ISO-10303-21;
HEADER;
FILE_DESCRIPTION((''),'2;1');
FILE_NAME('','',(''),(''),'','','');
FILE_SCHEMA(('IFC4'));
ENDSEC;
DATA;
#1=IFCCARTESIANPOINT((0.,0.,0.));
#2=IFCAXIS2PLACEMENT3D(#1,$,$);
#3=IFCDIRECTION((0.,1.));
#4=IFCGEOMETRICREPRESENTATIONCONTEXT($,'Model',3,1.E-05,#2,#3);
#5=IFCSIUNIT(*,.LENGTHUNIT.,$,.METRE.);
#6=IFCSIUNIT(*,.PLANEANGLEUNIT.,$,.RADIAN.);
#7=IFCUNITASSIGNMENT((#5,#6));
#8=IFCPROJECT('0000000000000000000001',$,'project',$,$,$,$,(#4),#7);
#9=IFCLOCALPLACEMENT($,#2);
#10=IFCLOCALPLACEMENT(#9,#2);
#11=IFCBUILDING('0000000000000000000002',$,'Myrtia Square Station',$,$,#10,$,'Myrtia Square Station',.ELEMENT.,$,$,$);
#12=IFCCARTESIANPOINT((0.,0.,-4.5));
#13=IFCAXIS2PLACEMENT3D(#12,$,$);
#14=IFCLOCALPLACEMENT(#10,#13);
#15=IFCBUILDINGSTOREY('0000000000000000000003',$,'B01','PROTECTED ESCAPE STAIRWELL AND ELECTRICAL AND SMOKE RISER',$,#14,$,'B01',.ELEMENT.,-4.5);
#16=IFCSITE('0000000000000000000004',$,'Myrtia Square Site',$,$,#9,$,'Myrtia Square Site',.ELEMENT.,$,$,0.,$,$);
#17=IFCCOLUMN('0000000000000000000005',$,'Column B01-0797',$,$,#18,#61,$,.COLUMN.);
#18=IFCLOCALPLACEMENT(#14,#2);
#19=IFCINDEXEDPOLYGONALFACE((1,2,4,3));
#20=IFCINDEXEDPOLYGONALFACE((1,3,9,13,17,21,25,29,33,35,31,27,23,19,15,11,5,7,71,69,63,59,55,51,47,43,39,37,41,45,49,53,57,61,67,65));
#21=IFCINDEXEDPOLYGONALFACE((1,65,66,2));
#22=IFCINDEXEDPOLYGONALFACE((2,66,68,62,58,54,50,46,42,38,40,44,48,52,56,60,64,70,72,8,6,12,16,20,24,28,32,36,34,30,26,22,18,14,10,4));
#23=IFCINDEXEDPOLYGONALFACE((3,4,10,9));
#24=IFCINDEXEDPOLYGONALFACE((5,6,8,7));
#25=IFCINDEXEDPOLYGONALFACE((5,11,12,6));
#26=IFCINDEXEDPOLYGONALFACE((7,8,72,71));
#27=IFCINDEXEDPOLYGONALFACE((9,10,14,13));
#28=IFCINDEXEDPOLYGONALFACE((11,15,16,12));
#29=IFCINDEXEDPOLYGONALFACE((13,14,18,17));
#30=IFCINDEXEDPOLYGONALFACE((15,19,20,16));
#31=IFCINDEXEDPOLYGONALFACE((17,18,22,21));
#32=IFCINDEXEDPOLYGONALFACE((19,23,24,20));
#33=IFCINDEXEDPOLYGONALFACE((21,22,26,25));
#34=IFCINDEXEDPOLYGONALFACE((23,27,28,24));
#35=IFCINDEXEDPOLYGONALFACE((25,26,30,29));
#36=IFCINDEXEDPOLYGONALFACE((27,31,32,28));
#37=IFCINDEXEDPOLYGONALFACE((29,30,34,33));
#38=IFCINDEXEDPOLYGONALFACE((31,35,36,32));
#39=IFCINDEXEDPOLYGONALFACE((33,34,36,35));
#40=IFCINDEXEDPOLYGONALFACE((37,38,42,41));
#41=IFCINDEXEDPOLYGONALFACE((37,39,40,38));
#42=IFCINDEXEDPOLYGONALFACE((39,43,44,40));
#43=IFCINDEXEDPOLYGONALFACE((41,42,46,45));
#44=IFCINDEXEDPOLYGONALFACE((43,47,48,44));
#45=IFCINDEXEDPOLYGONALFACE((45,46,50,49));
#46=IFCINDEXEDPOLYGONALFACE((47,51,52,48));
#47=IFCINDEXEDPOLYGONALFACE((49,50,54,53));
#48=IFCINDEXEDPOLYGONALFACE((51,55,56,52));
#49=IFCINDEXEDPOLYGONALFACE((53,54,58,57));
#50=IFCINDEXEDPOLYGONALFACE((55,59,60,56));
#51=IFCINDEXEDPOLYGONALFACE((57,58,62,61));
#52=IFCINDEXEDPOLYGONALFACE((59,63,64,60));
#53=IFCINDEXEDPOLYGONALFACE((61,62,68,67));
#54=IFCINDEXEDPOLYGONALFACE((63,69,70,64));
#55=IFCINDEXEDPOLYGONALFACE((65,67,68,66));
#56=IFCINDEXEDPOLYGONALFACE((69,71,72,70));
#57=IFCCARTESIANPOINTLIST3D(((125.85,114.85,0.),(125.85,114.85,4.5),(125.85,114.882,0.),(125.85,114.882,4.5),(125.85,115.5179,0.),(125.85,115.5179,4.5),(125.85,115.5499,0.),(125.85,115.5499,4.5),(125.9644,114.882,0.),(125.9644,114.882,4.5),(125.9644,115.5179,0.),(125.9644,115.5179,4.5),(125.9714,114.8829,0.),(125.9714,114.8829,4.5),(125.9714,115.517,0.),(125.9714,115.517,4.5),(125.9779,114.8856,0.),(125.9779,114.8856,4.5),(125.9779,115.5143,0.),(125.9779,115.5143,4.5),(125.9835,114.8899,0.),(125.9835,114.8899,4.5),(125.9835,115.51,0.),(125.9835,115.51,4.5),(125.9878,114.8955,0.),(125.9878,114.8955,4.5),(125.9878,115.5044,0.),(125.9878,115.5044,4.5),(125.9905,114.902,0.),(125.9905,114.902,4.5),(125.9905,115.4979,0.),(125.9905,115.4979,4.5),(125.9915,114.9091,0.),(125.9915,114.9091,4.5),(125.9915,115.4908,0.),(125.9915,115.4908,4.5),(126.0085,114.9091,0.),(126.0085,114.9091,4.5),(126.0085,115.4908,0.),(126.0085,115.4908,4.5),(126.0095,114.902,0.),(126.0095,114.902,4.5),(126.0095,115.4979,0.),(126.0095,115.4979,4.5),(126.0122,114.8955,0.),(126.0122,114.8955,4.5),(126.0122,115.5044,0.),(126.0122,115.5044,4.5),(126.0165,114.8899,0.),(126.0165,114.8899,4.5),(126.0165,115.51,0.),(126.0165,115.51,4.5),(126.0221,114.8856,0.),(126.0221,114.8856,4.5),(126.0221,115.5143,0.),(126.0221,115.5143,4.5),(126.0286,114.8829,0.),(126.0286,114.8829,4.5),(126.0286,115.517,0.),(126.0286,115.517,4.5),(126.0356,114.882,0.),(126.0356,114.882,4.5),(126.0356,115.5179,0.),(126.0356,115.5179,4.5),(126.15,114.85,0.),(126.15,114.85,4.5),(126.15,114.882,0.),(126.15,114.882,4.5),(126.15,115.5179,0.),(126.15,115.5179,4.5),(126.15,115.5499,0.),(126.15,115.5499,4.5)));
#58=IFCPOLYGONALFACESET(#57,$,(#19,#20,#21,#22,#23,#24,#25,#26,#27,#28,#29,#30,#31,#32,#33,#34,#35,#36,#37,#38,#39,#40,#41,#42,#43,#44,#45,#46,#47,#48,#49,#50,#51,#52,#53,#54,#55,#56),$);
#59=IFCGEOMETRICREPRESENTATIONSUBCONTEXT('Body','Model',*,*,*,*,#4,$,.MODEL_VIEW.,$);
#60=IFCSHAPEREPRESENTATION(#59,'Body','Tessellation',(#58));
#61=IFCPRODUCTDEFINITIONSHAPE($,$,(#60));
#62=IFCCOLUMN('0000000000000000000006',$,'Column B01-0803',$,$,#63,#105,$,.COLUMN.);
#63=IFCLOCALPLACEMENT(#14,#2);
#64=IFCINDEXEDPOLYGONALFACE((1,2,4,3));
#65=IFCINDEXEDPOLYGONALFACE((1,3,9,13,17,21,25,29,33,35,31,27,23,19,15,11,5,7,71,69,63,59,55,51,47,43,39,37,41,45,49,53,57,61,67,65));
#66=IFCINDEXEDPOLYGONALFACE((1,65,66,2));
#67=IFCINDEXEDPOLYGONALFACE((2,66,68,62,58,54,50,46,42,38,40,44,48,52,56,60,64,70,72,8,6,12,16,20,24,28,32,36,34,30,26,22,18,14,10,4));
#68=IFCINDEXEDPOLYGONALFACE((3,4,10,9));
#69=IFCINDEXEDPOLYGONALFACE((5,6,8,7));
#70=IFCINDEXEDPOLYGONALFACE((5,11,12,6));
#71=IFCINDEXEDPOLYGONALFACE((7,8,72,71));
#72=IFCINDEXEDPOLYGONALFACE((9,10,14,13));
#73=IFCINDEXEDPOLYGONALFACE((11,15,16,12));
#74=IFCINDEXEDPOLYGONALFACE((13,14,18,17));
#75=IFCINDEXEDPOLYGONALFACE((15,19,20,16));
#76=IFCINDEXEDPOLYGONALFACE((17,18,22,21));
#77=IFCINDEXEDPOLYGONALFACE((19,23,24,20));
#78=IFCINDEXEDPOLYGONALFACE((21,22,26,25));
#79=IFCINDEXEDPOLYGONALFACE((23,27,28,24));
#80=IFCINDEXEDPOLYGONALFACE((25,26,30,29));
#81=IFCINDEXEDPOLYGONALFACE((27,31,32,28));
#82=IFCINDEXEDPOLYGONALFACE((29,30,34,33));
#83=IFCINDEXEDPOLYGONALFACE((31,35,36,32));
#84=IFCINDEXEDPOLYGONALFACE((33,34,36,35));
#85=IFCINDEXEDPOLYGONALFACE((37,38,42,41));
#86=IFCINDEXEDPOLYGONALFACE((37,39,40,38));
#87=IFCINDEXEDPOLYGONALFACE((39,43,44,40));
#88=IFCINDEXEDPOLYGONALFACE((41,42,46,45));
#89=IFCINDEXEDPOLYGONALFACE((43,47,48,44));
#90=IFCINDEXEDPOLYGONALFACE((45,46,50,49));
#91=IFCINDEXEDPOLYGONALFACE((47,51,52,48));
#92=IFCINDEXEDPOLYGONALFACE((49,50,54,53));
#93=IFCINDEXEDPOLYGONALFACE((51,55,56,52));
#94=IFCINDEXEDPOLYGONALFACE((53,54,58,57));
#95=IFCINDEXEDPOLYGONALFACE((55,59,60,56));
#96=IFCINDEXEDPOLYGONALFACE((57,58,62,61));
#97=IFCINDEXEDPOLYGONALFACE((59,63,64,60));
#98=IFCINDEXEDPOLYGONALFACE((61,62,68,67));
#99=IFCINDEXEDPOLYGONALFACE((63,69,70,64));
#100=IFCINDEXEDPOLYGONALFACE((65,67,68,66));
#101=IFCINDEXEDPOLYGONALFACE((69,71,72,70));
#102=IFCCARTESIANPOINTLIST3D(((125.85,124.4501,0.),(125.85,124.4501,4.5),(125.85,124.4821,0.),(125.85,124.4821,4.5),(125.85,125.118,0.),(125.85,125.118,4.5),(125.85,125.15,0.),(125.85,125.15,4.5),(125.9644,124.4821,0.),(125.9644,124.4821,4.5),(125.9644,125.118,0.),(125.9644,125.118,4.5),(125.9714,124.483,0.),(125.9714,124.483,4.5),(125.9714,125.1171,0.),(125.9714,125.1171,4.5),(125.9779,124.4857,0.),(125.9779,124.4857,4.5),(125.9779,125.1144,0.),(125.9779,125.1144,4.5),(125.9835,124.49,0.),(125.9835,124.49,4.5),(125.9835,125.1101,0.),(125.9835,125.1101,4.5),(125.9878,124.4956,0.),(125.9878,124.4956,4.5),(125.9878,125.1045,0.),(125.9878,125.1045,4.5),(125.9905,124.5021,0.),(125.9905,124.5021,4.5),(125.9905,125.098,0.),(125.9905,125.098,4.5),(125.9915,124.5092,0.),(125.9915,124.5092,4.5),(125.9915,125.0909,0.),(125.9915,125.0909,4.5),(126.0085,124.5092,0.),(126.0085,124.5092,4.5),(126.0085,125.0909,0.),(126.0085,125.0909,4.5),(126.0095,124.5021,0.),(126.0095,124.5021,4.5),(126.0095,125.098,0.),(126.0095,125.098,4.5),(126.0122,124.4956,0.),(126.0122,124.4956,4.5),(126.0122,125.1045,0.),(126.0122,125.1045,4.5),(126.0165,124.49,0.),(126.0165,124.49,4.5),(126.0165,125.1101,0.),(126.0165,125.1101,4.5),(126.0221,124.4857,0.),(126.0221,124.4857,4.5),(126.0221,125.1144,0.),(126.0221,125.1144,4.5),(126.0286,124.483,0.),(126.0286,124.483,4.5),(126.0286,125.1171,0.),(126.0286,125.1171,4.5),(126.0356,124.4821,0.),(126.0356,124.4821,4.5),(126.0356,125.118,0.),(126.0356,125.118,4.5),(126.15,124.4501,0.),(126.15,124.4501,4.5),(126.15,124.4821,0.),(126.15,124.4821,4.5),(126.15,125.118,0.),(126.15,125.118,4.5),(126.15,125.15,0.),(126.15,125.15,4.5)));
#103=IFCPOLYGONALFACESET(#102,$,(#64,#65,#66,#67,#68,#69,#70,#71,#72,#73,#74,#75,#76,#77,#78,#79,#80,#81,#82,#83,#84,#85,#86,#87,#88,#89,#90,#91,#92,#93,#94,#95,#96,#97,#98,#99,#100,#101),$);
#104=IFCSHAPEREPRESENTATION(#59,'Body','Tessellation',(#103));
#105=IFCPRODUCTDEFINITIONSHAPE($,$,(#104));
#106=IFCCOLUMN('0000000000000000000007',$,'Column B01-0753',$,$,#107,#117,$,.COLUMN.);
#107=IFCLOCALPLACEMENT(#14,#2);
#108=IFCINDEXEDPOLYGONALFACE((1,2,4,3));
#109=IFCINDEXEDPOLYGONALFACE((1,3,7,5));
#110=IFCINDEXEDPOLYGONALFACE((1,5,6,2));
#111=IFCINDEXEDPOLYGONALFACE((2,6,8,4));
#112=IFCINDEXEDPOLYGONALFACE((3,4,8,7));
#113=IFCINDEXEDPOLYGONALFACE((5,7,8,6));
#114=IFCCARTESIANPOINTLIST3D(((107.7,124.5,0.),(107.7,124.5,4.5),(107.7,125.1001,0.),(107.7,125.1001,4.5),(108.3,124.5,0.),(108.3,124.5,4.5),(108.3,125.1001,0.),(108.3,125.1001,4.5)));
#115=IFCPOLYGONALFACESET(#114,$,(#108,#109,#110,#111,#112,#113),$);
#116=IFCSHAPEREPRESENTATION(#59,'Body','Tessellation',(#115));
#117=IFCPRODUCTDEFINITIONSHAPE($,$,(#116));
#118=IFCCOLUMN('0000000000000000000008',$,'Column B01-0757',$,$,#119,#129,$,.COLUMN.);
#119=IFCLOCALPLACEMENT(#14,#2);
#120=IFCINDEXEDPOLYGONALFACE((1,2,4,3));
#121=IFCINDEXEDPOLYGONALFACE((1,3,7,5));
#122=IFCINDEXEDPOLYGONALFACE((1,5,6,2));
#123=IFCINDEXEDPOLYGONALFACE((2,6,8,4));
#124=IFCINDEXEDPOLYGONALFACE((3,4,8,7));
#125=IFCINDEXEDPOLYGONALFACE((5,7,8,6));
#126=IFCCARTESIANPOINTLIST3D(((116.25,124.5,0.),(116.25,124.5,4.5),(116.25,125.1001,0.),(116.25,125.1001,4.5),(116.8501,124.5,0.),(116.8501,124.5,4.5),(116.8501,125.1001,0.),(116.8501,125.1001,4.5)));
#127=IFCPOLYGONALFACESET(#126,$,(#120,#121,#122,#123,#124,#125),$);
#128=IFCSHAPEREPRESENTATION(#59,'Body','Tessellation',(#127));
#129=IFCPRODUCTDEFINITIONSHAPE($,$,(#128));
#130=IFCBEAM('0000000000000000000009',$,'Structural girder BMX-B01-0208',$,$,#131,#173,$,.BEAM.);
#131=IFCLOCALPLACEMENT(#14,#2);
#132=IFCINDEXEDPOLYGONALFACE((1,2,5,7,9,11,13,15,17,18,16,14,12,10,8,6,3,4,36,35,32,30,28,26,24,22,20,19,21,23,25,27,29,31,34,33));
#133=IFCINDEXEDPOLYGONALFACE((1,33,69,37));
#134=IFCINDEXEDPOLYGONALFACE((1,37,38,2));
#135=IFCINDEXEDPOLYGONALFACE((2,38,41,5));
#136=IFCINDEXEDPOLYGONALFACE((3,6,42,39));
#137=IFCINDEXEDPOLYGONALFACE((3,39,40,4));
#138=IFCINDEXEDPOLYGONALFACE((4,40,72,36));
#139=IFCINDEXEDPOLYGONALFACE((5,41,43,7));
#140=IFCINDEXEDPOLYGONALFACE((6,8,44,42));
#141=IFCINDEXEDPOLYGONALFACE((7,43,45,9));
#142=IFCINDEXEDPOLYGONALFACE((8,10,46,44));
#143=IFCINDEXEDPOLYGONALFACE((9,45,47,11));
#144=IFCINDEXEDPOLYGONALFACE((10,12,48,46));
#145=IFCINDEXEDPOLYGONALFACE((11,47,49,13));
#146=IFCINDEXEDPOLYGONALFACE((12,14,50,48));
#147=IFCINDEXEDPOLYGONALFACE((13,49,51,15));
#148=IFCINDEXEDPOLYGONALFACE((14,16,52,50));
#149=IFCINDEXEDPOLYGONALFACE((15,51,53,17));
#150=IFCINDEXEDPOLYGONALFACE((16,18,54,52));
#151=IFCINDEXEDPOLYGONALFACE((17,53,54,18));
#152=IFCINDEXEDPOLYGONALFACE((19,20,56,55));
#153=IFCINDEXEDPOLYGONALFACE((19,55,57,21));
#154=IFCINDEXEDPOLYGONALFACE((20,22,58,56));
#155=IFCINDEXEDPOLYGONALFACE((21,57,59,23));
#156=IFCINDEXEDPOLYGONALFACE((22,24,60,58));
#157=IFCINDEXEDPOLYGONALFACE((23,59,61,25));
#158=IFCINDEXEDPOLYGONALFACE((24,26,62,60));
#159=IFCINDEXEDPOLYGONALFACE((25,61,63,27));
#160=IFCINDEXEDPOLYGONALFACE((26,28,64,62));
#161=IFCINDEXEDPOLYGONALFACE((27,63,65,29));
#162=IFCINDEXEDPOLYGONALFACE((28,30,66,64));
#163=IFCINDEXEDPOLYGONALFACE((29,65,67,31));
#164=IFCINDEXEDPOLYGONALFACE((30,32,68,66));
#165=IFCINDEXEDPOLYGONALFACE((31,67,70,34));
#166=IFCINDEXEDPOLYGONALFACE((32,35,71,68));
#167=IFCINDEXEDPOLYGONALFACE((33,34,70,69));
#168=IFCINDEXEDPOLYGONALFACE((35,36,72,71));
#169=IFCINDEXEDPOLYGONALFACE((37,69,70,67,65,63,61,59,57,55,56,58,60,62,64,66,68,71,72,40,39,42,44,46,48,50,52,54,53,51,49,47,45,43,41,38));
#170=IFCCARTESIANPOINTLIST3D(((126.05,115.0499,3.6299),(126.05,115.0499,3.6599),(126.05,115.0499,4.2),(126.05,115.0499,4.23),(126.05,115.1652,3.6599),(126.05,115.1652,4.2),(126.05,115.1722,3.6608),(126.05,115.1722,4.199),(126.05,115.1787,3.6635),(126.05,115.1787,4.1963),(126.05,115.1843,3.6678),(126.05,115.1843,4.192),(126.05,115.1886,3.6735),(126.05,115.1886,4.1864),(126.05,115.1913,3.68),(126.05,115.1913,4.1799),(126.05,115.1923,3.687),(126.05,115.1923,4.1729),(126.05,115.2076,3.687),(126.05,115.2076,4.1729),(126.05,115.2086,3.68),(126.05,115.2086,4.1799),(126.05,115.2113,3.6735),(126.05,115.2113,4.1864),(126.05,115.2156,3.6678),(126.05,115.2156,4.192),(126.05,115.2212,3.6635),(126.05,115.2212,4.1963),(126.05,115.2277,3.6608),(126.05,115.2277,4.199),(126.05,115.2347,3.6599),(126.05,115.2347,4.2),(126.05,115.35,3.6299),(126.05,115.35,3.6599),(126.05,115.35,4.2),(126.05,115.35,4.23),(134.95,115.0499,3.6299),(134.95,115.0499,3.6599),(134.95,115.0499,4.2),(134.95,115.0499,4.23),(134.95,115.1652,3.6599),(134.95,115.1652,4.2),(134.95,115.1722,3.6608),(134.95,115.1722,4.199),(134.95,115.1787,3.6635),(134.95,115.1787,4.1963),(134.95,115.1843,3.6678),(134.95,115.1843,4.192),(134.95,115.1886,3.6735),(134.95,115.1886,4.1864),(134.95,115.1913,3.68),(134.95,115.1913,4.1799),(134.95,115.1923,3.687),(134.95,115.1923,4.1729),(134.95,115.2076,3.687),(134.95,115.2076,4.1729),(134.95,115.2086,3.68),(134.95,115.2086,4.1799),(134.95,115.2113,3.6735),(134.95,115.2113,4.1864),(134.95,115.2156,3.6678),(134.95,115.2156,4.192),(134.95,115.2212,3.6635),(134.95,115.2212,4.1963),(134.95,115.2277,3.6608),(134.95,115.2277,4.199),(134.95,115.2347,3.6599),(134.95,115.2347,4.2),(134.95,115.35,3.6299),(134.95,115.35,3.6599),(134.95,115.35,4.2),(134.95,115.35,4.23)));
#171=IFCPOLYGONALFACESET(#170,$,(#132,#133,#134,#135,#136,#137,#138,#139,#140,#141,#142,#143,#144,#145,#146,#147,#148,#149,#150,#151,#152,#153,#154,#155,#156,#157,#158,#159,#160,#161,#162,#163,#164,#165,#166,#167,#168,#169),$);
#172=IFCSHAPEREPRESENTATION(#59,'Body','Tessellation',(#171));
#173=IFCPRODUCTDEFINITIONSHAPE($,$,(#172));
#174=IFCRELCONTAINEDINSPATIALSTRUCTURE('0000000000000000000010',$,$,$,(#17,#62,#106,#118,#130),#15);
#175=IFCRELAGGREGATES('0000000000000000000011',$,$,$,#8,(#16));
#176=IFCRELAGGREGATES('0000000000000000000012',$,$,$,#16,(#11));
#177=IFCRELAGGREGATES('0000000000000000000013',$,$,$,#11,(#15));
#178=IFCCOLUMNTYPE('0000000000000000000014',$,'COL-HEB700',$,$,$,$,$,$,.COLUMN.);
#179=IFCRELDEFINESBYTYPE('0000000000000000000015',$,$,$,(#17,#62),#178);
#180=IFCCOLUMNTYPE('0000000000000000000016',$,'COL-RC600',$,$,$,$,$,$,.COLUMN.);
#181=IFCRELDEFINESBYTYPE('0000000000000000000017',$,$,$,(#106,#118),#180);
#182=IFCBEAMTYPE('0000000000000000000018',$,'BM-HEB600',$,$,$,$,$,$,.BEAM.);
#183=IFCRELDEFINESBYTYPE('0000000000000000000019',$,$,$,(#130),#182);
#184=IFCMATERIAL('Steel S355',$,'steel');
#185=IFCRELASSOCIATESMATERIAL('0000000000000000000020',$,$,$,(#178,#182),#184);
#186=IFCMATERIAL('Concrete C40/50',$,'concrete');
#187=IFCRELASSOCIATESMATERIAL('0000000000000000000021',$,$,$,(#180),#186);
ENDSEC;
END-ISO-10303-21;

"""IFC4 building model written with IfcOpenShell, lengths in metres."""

from ifc_helpers import new_model, si_unit, direction, frame, origin, origin_2d, place, context, subcontext, project, spatial, rectangle, i_section, extrude, material, material_profile, profile_set, type_object, element, save


model = new_model("IFC4")

# Units and contexts
model_context = context("Model", 3, precision=1e-05, world=origin(), true_north=direction((0.0, 1.0)))
body_context = subcontext(model_context, "Body", "Model", "MODEL_VIEW")
ifc_project = project(units=[si_unit("LENGTHUNIT", "METRE"), si_unit("PLANEANGLEUNIT", "RADIAN")], contexts=[model_context])

# Site, building, storey
site_placement = place(None, origin())
site = spatial("IfcSite", under=ifc_project, at=site_placement, Name="Myrtia Square Site", LongName="Myrtia Square Site", CompositionType="ELEMENT", RefElevation=0.0)
building_placement = place(site_placement, origin())
building = spatial("IfcBuilding", under=site, at=building_placement, Name="Myrtia Square Station", LongName="Myrtia Square Station", CompositionType="ELEMENT")
storey_placement = place(building_placement, frame((0.0, 0.0, -4.5)))
storey = spatial("IfcBuildingStorey", under=building, at=storey_placement, Name="B01", Description="PROTECTED ESCAPE STAIRWELL AND ELECTRICAL AND SMOKE RISER", LongName="B01", CompositionType="ELEMENT", Elevation=-4.5)

# Columns
ifc_material_1 = material(Name="Steel S355", Category="steel")
ifc_material_profile_1 = material_profile(ifc_material_1, i_section(OverallWidth=0.3, OverallDepth=0.7, WebThickness=0.0171, FlangeThickness=0.032, FilletRadius=0.0271, at=origin_2d()), Name="HEB 700")
ifc_profile_set_1 = profile_set([ifc_material_profile_1], Name="Steel S355")
column_type_1 = type_object("IfcColumnType", Name="COL-HEB700", PredefinedType="COLUMN", material=ifc_profile_set_1)
for number, where, z_axis, x_axis, name in (
    (1, (126.0, 115.2, 0.0), (0.0, 0.0, 1.0), (1.0, 0.0, 0.0), "Column B01-0797"),
    (2, (126.0, 124.8, 0.0), (0.0, 0.0, 1.0), (1.0, 0.0, 0.0), "Column B01-0803"),
):
    element("IfcColumn", number, at=place(storey_placement, frame(where, z_axis=z_axis, x_axis=x_axis)), inside=storey, type_object=column_type_1, Name=name, PredefinedType="COLUMN", context=body_context, shape_type="SweptSolid", body=[
        extrude(i_section(OverallWidth=0.3, OverallDepth=0.7, WebThickness=0.0171, FlangeThickness=0.032, FilletRadius=0.0271, at=origin_2d()), origin(), (0.0, 0.0, 1.0), 4.5),
    ])
ifc_material_2 = material(Name="Concrete C40/50", Category="concrete")
ifc_material_profile_2 = material_profile(ifc_material_2, rectangle(XDim=0.6001, YDim=0.6001, at=origin_2d()), Name="RC 600x600")
ifc_profile_set_2 = profile_set([ifc_material_profile_2], Name="Concrete C40/50")
column_type_2 = type_object("IfcColumnType", Name="COL-RC600", PredefinedType="COLUMN", material=ifc_profile_set_2)
for number, where, z_axis, x_axis, name in (
    (3, (108.0, 124.8, 0.0), (0.0, 0.0, 1.0), (1.0, 0.0, 0.0), "Column B01-0753"),
    (4, (116.55, 124.8, 0.0), (0.0, 0.0, 1.0), (1.0, 0.0, 0.0), "Column B01-0757"),
):
    element("IfcColumn", number, at=place(storey_placement, frame(where, z_axis=z_axis, x_axis=x_axis)), inside=storey, type_object=column_type_2, Name=name, PredefinedType="COLUMN", context=body_context, shape_type="SweptSolid", body=[
        extrude(rectangle(XDim=0.6001, YDim=0.6001, at=origin_2d()), origin(), (0.0, 0.0, 1.0), 4.5),
    ])

# Beam
ifc_material_profile_3 = material_profile(ifc_material_1, i_section(OverallWidth=0.3, OverallDepth=0.6001, WebThickness=0.0154, FlangeThickness=0.03, FilletRadius=0.0271, at=origin_2d()), Name="HEB 600")
ifc_profile_set_3 = profile_set([ifc_material_profile_3], Name="Steel S355")
beam_type_1 = type_object("IfcBeamType", Name="BM-HEB600", PredefinedType="BEAM", material=ifc_profile_set_3)
beam_1_placement = place(storey_placement, frame((126.05, 115.2, 3.9299), z_axis=(1.0, 0.0, 0.0), x_axis=(0.0, 1.0, 0.0)))
element("IfcBeam", 5, at=beam_1_placement, inside=storey, type_object=beam_type_1, Name="Structural girder BMX-B01-0208", PredefinedType="BEAM", context=body_context, shape_type="SweptSolid", body=[
    extrude(i_section(OverallWidth=0.3, OverallDepth=0.6001, WebThickness=0.0154, FlangeThickness=0.03, FilletRadius=0.0271, at=origin_2d()), origin(), (0.0, 0.0, 1.0), 8.8999),
])

save(model, "model.ifc")
